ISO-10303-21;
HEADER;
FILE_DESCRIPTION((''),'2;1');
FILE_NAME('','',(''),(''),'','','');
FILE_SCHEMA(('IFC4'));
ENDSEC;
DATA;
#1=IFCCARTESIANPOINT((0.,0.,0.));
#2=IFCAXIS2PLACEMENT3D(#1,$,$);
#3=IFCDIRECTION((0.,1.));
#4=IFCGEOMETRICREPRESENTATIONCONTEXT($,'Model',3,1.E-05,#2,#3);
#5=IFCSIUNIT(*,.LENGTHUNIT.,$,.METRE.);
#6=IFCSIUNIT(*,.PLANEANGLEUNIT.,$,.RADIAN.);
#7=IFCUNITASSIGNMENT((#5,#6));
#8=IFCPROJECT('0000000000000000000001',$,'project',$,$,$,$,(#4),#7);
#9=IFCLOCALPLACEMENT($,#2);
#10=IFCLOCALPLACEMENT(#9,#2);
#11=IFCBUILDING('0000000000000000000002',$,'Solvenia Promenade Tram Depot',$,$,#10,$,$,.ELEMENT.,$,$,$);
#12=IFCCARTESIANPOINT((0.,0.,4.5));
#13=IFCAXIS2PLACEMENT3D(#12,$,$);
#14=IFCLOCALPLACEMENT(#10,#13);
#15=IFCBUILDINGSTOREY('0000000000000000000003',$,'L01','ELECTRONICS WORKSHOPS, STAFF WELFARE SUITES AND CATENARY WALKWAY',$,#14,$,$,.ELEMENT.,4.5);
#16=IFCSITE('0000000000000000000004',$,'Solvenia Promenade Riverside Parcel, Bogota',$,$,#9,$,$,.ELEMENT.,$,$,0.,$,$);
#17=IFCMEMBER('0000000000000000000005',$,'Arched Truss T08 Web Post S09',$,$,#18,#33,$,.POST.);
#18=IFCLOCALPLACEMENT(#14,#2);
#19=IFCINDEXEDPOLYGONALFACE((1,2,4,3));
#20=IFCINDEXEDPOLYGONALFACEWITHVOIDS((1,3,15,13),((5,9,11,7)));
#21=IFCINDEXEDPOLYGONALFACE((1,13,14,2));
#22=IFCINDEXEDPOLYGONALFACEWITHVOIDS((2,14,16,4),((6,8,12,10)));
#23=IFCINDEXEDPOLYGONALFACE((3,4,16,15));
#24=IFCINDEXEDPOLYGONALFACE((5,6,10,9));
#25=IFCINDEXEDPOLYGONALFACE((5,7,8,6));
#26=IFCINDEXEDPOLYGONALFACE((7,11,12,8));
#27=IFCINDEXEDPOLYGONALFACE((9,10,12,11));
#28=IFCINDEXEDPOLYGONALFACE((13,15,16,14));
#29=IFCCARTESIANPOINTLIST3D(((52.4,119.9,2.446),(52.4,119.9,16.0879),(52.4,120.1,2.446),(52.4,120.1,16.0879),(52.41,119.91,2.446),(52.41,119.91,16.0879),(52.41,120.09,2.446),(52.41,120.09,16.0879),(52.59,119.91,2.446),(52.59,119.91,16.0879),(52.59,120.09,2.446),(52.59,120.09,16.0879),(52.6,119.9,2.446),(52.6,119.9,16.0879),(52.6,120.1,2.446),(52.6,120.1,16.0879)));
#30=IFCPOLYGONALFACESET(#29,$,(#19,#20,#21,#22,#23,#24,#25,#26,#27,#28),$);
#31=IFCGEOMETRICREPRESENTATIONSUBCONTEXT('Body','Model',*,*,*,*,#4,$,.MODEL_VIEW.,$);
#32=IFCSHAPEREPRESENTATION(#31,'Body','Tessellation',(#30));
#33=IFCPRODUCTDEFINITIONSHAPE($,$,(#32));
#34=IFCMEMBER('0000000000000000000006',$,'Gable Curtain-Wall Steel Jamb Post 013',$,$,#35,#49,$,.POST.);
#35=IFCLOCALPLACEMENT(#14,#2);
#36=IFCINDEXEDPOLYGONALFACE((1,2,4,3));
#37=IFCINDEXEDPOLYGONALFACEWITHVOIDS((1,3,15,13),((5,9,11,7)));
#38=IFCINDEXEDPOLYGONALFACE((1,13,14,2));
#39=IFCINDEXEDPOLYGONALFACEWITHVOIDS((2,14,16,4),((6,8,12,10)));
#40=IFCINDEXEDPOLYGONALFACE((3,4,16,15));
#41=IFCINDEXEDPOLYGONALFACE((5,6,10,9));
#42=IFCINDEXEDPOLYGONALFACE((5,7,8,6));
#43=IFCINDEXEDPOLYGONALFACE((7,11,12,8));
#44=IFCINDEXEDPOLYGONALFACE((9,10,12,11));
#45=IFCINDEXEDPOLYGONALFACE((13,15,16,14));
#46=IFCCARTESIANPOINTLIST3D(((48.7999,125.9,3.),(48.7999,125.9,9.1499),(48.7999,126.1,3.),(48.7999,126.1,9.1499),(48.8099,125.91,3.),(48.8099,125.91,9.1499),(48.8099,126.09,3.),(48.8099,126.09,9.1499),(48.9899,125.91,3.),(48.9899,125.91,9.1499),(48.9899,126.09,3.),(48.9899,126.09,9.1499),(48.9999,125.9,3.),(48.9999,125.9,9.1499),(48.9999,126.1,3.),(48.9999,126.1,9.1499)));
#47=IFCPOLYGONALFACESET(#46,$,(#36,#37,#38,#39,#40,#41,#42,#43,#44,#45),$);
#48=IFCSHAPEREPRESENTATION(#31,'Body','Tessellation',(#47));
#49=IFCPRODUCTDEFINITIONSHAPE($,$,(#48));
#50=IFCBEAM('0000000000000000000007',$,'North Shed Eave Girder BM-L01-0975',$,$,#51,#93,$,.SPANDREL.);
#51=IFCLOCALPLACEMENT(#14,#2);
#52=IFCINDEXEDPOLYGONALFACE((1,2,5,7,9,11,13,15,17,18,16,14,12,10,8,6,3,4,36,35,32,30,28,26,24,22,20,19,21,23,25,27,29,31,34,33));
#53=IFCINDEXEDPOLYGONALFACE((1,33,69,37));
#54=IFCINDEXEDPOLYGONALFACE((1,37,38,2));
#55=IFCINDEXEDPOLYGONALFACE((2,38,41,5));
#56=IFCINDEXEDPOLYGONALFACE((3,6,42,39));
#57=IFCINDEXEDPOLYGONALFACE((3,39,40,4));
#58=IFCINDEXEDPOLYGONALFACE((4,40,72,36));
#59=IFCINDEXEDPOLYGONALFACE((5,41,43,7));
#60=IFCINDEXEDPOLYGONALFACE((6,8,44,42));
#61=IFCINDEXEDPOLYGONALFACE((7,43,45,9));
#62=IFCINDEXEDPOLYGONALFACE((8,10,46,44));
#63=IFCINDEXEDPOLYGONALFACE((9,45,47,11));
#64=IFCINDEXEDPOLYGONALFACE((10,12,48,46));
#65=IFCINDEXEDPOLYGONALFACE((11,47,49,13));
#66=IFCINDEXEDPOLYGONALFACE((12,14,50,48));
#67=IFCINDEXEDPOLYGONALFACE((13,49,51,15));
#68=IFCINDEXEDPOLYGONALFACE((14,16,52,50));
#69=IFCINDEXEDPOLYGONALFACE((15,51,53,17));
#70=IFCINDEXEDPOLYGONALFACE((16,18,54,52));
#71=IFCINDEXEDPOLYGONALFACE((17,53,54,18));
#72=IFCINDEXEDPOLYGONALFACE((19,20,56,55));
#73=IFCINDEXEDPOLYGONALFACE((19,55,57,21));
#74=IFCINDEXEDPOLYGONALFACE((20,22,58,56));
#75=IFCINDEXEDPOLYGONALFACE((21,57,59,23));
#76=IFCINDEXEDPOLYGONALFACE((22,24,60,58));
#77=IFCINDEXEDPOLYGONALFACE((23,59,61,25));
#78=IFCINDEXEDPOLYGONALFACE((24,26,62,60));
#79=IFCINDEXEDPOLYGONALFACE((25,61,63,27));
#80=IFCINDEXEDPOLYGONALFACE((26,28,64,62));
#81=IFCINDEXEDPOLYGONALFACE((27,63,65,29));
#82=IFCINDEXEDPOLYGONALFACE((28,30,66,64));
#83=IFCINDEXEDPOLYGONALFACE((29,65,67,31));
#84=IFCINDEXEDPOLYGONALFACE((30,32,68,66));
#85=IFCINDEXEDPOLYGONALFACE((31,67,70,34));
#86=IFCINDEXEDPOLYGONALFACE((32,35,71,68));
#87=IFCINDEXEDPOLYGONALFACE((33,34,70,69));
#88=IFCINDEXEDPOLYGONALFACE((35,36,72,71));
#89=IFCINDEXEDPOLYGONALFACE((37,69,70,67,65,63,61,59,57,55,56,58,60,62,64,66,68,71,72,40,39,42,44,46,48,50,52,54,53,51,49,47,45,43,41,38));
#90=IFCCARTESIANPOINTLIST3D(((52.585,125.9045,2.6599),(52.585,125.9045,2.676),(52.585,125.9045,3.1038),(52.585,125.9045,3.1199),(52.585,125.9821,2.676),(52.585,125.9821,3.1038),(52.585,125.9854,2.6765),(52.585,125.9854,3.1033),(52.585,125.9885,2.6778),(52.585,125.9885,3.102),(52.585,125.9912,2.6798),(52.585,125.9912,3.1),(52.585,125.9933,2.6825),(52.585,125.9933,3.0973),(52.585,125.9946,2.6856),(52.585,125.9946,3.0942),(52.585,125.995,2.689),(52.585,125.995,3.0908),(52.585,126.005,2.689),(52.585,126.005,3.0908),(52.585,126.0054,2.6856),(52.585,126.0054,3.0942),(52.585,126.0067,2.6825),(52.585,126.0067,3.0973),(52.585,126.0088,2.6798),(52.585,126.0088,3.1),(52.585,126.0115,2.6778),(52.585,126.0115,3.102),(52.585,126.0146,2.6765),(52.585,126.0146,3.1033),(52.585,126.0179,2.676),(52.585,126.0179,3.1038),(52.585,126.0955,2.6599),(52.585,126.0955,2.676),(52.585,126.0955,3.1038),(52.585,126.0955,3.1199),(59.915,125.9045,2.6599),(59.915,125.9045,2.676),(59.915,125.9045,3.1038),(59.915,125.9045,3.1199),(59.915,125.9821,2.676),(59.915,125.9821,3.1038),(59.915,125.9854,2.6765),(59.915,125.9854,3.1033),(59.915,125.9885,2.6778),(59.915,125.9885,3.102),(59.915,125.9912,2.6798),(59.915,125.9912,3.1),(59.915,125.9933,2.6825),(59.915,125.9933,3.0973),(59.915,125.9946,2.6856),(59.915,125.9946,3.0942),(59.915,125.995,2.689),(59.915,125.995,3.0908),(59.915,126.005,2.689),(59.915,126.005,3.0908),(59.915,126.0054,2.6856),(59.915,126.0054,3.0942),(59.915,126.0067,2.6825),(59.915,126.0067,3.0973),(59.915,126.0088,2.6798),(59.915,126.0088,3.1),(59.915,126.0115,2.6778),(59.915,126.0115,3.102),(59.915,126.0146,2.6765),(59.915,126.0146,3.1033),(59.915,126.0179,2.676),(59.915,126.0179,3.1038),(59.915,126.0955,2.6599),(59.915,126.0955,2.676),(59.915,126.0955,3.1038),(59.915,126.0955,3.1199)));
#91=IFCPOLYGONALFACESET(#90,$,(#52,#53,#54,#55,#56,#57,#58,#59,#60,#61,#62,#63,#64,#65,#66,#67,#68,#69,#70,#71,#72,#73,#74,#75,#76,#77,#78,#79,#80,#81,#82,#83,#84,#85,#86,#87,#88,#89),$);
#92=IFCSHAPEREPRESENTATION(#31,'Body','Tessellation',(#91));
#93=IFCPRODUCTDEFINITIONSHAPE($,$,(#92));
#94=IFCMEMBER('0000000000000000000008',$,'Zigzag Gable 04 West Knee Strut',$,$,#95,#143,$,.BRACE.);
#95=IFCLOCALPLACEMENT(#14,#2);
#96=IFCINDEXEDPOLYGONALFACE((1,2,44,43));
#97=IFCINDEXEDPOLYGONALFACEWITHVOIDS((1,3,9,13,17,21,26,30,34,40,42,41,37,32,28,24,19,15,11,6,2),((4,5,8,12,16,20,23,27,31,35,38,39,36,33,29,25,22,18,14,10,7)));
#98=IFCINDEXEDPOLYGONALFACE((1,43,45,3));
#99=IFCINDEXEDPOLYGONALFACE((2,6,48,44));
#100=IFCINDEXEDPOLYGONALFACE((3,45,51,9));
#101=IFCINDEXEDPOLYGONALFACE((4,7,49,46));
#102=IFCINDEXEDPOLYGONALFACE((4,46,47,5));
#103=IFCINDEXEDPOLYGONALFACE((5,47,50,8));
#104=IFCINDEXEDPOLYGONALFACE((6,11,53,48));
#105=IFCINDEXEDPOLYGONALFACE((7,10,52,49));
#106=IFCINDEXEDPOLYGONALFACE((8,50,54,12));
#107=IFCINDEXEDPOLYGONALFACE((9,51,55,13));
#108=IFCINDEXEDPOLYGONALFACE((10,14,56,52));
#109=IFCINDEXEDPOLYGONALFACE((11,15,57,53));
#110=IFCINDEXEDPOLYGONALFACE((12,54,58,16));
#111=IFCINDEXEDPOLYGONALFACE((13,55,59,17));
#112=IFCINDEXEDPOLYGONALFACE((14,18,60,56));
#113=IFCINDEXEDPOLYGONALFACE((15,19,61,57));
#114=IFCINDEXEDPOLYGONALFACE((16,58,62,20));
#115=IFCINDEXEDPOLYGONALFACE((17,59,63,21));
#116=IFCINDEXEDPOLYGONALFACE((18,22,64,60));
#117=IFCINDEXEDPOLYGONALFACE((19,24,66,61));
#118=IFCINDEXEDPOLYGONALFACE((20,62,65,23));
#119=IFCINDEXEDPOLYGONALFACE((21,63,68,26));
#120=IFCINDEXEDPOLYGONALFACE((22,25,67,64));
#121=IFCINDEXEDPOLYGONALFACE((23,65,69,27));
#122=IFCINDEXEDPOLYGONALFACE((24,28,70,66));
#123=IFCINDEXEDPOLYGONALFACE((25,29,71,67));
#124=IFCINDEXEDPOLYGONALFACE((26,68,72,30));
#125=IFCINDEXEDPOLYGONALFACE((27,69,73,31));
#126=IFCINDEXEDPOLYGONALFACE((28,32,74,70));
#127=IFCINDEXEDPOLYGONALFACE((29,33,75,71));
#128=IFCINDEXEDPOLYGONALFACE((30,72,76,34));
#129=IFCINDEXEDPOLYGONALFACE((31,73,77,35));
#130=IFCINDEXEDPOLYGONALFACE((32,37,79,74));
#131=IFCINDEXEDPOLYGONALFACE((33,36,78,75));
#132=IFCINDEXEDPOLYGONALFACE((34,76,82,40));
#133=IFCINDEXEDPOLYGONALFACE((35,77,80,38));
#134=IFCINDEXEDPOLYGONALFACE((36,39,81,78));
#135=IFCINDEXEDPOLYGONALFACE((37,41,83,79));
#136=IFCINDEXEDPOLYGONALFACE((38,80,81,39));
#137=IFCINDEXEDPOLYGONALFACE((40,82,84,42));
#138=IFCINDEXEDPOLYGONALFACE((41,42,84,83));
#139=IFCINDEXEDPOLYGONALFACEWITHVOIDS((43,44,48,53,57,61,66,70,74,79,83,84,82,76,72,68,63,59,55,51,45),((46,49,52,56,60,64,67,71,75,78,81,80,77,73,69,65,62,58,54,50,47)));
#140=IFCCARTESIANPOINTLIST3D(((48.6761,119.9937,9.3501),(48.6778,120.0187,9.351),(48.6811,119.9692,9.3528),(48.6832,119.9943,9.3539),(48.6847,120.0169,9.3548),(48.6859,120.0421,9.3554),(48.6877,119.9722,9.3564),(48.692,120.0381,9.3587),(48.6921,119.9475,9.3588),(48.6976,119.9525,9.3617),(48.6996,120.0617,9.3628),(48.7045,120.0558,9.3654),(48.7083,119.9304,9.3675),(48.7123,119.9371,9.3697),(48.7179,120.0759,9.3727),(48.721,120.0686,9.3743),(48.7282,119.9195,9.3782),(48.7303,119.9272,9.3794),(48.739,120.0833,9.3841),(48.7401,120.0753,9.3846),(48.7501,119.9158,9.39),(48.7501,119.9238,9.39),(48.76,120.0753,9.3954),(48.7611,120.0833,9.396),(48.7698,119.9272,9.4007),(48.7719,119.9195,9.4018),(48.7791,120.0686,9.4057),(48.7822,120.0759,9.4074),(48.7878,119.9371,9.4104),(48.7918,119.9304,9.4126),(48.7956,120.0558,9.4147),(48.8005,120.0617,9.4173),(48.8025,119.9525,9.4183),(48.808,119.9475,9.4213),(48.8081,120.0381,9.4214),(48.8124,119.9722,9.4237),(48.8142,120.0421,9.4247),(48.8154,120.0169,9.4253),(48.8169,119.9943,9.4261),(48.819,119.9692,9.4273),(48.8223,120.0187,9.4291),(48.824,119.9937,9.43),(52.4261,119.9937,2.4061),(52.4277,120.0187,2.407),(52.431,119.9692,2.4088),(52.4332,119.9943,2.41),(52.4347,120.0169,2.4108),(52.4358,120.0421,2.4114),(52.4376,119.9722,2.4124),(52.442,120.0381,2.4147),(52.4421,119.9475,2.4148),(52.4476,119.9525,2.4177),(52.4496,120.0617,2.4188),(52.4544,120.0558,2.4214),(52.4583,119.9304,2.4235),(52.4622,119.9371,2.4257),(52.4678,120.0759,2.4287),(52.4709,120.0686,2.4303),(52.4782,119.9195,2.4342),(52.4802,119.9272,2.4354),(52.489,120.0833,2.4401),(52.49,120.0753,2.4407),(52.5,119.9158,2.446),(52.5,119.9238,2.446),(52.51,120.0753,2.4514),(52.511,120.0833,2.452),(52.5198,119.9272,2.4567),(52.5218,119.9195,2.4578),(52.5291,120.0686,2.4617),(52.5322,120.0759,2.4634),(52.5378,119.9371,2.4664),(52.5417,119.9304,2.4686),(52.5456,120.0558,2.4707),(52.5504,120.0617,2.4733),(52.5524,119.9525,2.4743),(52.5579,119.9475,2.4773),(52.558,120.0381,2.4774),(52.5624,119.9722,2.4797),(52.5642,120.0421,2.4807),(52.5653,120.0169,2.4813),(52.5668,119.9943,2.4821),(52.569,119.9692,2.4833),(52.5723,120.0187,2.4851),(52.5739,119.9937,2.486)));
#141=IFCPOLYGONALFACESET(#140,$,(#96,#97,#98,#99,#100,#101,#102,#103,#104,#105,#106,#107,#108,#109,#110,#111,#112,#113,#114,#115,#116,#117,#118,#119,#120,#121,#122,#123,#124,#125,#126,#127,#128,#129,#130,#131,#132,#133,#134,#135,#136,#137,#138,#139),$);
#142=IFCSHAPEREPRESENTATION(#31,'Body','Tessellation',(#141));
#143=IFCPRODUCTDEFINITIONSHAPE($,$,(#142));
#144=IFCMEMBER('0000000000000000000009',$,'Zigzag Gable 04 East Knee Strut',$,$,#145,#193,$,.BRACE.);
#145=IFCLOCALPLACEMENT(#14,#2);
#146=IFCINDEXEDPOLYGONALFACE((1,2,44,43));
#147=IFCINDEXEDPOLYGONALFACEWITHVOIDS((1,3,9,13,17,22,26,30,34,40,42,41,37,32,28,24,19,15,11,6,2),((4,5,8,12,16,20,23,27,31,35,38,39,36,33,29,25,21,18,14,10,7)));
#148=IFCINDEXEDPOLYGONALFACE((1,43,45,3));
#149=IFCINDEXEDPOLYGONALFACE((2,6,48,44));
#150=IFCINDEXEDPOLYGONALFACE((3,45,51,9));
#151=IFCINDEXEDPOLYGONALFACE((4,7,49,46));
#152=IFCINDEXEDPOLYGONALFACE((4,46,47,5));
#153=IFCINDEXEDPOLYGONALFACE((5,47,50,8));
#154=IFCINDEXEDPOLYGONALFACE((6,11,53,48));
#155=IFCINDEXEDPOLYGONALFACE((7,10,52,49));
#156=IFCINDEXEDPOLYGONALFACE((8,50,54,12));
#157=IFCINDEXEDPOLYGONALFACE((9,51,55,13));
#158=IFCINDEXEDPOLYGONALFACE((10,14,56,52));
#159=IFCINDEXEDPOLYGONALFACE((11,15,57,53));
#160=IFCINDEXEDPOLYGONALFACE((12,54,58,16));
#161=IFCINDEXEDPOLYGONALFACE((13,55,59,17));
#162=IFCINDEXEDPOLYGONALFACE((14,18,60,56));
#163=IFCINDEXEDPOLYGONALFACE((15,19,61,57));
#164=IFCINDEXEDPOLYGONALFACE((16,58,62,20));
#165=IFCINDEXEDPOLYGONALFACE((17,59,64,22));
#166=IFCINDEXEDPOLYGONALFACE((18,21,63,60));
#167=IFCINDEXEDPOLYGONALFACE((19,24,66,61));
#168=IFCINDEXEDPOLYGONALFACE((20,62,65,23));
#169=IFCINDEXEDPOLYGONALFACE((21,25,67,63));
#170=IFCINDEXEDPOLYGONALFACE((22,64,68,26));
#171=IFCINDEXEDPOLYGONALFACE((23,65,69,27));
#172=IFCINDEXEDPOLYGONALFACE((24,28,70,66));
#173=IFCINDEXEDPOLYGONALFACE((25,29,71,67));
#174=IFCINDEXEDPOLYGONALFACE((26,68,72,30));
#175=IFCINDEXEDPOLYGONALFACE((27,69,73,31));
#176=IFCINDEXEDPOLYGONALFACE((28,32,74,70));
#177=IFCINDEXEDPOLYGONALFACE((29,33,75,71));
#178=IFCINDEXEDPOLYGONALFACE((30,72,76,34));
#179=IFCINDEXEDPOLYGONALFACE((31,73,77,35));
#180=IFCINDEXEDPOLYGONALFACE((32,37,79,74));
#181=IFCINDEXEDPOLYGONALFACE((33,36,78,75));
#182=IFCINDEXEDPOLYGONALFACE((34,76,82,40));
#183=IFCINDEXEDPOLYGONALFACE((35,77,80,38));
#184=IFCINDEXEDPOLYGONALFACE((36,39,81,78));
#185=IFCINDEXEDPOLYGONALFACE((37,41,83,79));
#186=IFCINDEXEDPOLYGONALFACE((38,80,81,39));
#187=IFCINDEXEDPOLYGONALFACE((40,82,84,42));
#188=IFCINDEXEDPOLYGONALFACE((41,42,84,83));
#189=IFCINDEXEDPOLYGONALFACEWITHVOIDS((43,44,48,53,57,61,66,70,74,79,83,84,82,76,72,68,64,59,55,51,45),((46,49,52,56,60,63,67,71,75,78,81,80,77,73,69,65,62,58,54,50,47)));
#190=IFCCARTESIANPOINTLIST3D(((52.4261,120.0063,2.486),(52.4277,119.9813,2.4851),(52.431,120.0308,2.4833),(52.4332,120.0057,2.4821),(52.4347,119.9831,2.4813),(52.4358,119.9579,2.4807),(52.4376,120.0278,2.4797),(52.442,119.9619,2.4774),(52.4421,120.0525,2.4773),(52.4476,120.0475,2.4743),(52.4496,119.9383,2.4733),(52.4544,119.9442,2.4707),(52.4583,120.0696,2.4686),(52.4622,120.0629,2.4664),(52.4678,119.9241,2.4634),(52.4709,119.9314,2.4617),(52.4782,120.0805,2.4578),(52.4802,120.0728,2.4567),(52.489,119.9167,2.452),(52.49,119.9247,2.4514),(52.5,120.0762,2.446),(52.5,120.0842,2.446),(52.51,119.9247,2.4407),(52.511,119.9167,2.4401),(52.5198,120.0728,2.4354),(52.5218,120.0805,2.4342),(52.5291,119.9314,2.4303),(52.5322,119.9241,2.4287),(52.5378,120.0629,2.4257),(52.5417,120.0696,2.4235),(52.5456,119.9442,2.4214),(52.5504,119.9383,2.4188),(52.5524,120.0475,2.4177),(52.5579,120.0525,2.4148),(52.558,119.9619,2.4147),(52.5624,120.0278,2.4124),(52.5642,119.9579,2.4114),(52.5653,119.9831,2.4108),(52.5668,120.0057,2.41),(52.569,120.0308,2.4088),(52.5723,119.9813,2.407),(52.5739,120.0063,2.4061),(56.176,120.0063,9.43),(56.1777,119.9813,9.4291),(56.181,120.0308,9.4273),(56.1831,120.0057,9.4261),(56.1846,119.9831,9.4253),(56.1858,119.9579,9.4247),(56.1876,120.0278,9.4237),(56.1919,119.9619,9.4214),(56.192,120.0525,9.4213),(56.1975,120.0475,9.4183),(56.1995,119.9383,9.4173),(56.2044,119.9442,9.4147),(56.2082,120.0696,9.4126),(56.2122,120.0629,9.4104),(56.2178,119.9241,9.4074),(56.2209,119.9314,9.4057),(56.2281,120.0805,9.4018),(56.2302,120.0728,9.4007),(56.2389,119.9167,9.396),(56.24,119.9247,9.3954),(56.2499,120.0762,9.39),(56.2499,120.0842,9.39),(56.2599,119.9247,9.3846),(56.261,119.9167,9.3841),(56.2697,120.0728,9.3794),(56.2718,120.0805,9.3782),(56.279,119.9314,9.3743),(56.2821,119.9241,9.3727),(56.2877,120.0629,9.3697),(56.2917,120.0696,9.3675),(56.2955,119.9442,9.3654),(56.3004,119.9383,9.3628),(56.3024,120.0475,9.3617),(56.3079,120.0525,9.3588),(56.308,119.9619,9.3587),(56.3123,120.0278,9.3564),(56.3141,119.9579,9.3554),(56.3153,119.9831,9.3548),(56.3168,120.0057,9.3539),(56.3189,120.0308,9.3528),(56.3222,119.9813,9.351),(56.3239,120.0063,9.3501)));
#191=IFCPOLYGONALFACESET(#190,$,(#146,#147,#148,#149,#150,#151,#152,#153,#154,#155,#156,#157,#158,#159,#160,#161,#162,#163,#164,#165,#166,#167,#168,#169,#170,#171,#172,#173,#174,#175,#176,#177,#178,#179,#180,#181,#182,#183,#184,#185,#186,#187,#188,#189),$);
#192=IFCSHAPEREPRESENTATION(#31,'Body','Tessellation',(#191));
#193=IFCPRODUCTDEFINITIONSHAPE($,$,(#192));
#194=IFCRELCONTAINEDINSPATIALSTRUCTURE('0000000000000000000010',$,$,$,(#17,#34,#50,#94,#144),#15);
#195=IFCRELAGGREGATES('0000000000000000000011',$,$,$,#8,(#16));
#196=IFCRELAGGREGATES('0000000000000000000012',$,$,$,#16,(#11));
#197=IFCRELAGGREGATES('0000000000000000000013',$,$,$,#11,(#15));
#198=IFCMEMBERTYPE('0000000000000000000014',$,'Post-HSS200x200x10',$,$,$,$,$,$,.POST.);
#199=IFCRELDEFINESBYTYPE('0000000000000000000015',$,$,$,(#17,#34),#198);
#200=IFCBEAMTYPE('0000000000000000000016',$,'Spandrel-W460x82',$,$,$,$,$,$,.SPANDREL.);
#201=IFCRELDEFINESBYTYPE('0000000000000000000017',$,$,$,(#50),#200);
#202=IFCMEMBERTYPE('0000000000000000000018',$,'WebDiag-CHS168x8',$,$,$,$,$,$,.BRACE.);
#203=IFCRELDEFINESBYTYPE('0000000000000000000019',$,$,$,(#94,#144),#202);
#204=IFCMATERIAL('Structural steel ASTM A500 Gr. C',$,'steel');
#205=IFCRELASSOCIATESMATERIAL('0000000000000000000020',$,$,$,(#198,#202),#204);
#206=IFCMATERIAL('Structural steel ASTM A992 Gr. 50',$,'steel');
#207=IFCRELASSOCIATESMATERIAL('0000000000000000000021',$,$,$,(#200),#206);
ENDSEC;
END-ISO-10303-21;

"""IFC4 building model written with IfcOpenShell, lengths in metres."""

from ifc_helpers import new_model, si_unit, direction, frame, origin, origin_2d, place, context, subcontext, project, spatial, hollow_rectangle, hollow_circle, i_section, extrude, material, material_profile, profile_set, type_object, element, save


model = new_model("IFC4")

# Units and contexts
model_context = context("Model", 3, precision=1e-05, world=origin(), true_north=direction((0.0, 1.0)))
body_context = subcontext(model_context, "Body", "Model", "MODEL_VIEW")
ifc_project = project(units=[si_unit("LENGTHUNIT", "METRE"), si_unit("PLANEANGLEUNIT", "RADIAN")], contexts=[model_context])

# Site, building, storey
site_placement = place(None, origin())
site = spatial("IfcSite", under=ifc_project, at=site_placement, Name="Solvenia Promenade Riverside Parcel, Bogota", CompositionType="ELEMENT", RefElevation=0.0)
building_placement = place(site_placement, origin())
building = spatial("IfcBuilding", under=site, at=building_placement, Name="Solvenia Promenade Tram Depot", CompositionType="ELEMENT")
storey_placement = place(building_placement, frame((0.0, 0.0, 4.5)))
storey = spatial("IfcBuildingStorey", under=building, at=storey_placement, Name="L01", Description="ELECTRONICS WORKSHOPS, STAFF WELFARE SUITES AND CATENARY WALKWAY", CompositionType="ELEMENT", Elevation=4.5)

# Shared definitions
ifc_material_1 = material(Name="Structural steel ASTM A992 Gr. 50", Category="steel")

# Shared definitions
ifc_material_2 = material(Name="Structural steel ASTM A500 Gr. C", Category="steel")

# Members
ifc_material_profile_1 = material_profile(ifc_material_2, hollow_rectangle(XDim=0.2, YDim=0.2, WallThickness=0.01, at=origin_2d()), Name="HSS200x200x10", Category="steel")
ifc_profile_set_1 = profile_set([ifc_material_profile_1], Name="Structural steel ASTM A500 Gr. C")
member_type_1 = type_object("IfcMemberType", Name="Post-HSS200x200x10", PredefinedType="POST", material=ifc_profile_set_1)
member_1_placement = place(storey_placement, frame((52.5, 120.0, 2.446), z_axis=(0.0, 0.0, 1.0), x_axis=(1.0, 0.0, 0.0)))
element("IfcMember", 1, at=member_1_placement, inside=storey, type_object=member_type_1, Name="Arched Truss T08 Web Post S09", PredefinedType="POST", context=body_context, shape_type="SweptSolid", body=[
    extrude(hollow_rectangle(XDim=0.2, YDim=0.2, WallThickness=0.01, at=origin_2d()), origin(), (0.0, 0.0, 1.0), 13.6418),
])
member_2_placement = place(storey_placement, frame((48.8999, 126.0, 3.0), z_axis=(0.0, 0.0, 1.0), x_axis=(1.0, 0.0, 0.0)))
element("IfcMember", 2, at=member_2_placement, inside=storey, type_object=member_type_1, Name="Gable Curtain-Wall Steel Jamb Post 013", PredefinedType="POST", context=body_context, shape_type="SweptSolid", body=[
    extrude(hollow_rectangle(XDim=0.2, YDim=0.2, WallThickness=0.01, at=origin_2d()), origin(), (0.0, 0.0, 1.0), 6.1499),
])

# Beam
ifc_material_profile_2 = material_profile(ifc_material_1, i_section(OverallWidth=0.1909, OverallDepth=0.46, WebThickness=0.01, FlangeThickness=0.0161, FilletRadius=0.0129, at=origin_2d()), Name="W460x82", Category="steel")
ifc_profile_set_2 = profile_set([ifc_material_profile_2], Name="Structural steel ASTM A992 Gr. 50")
beam_type = type_object("IfcBeamType", Name="Spandrel-W460x82", PredefinedType="SPANDREL", material=ifc_profile_set_2)
beam_placement = place(storey_placement, frame((52.585, 126.0, 2.8899), z_axis=(1.0, 0.0, 0.0), x_axis=(0.0, 1.0, 0.0)))
element("IfcBeam", 3, at=beam_placement, inside=storey, type_object=beam_type, Name="North Shed Eave Girder BM-L01-0975", PredefinedType="SPANDREL", context=body_context, shape_type="SweptSolid", body=[
    extrude(i_section(OverallWidth=0.1909, OverallDepth=0.46, WebThickness=0.01, FlangeThickness=0.0161, FilletRadius=0.0129, at=origin_2d()), origin(), (0.0, 0.0, 1.0), 7.3301),
])

# Members
ifc_material_profile_3 = material_profile(ifc_material_2, hollow_circle(Radius=0.0842, WallThickness=0.0081, at=origin_2d()), Name="CHS168.3x8", Category="steel")
ifc_profile_set_3 = profile_set([ifc_material_profile_3], Name="Structural steel ASTM A500 Gr. C")
member_type_2 = type_object("IfcMemberType", Name="WebDiag-CHS168x8", PredefinedType="BRACE", material=ifc_profile_set_3)
for number, where, z_axis, x_axis, name in (
    (4, (52.5, 120.0, 2.446), (-0.475168, 0.0, 0.879895), (0.0, -1.0, 0.0), "Zigzag Gable 04 West Knee Strut"),
    (5, (52.5, 120.0, 2.446), (0.475168, 0.0, 0.879895), (0.0, 1.0, 0.0), "Zigzag Gable 04 East Knee Strut"),
):
    element("IfcMember", number, at=place(storey_placement, frame(where, z_axis=z_axis, x_axis=x_axis)), inside=storey, type_object=member_type_2, Name=name, PredefinedType="BRACE", context=body_context, shape_type="SweptSolid", body=[
        extrude(hollow_circle(Radius=0.0842, WallThickness=0.0081, at=origin_2d()), origin(), (0.0, 0.0, 1.0), 7.8918),
    ])

save(model, "model.ifc")
